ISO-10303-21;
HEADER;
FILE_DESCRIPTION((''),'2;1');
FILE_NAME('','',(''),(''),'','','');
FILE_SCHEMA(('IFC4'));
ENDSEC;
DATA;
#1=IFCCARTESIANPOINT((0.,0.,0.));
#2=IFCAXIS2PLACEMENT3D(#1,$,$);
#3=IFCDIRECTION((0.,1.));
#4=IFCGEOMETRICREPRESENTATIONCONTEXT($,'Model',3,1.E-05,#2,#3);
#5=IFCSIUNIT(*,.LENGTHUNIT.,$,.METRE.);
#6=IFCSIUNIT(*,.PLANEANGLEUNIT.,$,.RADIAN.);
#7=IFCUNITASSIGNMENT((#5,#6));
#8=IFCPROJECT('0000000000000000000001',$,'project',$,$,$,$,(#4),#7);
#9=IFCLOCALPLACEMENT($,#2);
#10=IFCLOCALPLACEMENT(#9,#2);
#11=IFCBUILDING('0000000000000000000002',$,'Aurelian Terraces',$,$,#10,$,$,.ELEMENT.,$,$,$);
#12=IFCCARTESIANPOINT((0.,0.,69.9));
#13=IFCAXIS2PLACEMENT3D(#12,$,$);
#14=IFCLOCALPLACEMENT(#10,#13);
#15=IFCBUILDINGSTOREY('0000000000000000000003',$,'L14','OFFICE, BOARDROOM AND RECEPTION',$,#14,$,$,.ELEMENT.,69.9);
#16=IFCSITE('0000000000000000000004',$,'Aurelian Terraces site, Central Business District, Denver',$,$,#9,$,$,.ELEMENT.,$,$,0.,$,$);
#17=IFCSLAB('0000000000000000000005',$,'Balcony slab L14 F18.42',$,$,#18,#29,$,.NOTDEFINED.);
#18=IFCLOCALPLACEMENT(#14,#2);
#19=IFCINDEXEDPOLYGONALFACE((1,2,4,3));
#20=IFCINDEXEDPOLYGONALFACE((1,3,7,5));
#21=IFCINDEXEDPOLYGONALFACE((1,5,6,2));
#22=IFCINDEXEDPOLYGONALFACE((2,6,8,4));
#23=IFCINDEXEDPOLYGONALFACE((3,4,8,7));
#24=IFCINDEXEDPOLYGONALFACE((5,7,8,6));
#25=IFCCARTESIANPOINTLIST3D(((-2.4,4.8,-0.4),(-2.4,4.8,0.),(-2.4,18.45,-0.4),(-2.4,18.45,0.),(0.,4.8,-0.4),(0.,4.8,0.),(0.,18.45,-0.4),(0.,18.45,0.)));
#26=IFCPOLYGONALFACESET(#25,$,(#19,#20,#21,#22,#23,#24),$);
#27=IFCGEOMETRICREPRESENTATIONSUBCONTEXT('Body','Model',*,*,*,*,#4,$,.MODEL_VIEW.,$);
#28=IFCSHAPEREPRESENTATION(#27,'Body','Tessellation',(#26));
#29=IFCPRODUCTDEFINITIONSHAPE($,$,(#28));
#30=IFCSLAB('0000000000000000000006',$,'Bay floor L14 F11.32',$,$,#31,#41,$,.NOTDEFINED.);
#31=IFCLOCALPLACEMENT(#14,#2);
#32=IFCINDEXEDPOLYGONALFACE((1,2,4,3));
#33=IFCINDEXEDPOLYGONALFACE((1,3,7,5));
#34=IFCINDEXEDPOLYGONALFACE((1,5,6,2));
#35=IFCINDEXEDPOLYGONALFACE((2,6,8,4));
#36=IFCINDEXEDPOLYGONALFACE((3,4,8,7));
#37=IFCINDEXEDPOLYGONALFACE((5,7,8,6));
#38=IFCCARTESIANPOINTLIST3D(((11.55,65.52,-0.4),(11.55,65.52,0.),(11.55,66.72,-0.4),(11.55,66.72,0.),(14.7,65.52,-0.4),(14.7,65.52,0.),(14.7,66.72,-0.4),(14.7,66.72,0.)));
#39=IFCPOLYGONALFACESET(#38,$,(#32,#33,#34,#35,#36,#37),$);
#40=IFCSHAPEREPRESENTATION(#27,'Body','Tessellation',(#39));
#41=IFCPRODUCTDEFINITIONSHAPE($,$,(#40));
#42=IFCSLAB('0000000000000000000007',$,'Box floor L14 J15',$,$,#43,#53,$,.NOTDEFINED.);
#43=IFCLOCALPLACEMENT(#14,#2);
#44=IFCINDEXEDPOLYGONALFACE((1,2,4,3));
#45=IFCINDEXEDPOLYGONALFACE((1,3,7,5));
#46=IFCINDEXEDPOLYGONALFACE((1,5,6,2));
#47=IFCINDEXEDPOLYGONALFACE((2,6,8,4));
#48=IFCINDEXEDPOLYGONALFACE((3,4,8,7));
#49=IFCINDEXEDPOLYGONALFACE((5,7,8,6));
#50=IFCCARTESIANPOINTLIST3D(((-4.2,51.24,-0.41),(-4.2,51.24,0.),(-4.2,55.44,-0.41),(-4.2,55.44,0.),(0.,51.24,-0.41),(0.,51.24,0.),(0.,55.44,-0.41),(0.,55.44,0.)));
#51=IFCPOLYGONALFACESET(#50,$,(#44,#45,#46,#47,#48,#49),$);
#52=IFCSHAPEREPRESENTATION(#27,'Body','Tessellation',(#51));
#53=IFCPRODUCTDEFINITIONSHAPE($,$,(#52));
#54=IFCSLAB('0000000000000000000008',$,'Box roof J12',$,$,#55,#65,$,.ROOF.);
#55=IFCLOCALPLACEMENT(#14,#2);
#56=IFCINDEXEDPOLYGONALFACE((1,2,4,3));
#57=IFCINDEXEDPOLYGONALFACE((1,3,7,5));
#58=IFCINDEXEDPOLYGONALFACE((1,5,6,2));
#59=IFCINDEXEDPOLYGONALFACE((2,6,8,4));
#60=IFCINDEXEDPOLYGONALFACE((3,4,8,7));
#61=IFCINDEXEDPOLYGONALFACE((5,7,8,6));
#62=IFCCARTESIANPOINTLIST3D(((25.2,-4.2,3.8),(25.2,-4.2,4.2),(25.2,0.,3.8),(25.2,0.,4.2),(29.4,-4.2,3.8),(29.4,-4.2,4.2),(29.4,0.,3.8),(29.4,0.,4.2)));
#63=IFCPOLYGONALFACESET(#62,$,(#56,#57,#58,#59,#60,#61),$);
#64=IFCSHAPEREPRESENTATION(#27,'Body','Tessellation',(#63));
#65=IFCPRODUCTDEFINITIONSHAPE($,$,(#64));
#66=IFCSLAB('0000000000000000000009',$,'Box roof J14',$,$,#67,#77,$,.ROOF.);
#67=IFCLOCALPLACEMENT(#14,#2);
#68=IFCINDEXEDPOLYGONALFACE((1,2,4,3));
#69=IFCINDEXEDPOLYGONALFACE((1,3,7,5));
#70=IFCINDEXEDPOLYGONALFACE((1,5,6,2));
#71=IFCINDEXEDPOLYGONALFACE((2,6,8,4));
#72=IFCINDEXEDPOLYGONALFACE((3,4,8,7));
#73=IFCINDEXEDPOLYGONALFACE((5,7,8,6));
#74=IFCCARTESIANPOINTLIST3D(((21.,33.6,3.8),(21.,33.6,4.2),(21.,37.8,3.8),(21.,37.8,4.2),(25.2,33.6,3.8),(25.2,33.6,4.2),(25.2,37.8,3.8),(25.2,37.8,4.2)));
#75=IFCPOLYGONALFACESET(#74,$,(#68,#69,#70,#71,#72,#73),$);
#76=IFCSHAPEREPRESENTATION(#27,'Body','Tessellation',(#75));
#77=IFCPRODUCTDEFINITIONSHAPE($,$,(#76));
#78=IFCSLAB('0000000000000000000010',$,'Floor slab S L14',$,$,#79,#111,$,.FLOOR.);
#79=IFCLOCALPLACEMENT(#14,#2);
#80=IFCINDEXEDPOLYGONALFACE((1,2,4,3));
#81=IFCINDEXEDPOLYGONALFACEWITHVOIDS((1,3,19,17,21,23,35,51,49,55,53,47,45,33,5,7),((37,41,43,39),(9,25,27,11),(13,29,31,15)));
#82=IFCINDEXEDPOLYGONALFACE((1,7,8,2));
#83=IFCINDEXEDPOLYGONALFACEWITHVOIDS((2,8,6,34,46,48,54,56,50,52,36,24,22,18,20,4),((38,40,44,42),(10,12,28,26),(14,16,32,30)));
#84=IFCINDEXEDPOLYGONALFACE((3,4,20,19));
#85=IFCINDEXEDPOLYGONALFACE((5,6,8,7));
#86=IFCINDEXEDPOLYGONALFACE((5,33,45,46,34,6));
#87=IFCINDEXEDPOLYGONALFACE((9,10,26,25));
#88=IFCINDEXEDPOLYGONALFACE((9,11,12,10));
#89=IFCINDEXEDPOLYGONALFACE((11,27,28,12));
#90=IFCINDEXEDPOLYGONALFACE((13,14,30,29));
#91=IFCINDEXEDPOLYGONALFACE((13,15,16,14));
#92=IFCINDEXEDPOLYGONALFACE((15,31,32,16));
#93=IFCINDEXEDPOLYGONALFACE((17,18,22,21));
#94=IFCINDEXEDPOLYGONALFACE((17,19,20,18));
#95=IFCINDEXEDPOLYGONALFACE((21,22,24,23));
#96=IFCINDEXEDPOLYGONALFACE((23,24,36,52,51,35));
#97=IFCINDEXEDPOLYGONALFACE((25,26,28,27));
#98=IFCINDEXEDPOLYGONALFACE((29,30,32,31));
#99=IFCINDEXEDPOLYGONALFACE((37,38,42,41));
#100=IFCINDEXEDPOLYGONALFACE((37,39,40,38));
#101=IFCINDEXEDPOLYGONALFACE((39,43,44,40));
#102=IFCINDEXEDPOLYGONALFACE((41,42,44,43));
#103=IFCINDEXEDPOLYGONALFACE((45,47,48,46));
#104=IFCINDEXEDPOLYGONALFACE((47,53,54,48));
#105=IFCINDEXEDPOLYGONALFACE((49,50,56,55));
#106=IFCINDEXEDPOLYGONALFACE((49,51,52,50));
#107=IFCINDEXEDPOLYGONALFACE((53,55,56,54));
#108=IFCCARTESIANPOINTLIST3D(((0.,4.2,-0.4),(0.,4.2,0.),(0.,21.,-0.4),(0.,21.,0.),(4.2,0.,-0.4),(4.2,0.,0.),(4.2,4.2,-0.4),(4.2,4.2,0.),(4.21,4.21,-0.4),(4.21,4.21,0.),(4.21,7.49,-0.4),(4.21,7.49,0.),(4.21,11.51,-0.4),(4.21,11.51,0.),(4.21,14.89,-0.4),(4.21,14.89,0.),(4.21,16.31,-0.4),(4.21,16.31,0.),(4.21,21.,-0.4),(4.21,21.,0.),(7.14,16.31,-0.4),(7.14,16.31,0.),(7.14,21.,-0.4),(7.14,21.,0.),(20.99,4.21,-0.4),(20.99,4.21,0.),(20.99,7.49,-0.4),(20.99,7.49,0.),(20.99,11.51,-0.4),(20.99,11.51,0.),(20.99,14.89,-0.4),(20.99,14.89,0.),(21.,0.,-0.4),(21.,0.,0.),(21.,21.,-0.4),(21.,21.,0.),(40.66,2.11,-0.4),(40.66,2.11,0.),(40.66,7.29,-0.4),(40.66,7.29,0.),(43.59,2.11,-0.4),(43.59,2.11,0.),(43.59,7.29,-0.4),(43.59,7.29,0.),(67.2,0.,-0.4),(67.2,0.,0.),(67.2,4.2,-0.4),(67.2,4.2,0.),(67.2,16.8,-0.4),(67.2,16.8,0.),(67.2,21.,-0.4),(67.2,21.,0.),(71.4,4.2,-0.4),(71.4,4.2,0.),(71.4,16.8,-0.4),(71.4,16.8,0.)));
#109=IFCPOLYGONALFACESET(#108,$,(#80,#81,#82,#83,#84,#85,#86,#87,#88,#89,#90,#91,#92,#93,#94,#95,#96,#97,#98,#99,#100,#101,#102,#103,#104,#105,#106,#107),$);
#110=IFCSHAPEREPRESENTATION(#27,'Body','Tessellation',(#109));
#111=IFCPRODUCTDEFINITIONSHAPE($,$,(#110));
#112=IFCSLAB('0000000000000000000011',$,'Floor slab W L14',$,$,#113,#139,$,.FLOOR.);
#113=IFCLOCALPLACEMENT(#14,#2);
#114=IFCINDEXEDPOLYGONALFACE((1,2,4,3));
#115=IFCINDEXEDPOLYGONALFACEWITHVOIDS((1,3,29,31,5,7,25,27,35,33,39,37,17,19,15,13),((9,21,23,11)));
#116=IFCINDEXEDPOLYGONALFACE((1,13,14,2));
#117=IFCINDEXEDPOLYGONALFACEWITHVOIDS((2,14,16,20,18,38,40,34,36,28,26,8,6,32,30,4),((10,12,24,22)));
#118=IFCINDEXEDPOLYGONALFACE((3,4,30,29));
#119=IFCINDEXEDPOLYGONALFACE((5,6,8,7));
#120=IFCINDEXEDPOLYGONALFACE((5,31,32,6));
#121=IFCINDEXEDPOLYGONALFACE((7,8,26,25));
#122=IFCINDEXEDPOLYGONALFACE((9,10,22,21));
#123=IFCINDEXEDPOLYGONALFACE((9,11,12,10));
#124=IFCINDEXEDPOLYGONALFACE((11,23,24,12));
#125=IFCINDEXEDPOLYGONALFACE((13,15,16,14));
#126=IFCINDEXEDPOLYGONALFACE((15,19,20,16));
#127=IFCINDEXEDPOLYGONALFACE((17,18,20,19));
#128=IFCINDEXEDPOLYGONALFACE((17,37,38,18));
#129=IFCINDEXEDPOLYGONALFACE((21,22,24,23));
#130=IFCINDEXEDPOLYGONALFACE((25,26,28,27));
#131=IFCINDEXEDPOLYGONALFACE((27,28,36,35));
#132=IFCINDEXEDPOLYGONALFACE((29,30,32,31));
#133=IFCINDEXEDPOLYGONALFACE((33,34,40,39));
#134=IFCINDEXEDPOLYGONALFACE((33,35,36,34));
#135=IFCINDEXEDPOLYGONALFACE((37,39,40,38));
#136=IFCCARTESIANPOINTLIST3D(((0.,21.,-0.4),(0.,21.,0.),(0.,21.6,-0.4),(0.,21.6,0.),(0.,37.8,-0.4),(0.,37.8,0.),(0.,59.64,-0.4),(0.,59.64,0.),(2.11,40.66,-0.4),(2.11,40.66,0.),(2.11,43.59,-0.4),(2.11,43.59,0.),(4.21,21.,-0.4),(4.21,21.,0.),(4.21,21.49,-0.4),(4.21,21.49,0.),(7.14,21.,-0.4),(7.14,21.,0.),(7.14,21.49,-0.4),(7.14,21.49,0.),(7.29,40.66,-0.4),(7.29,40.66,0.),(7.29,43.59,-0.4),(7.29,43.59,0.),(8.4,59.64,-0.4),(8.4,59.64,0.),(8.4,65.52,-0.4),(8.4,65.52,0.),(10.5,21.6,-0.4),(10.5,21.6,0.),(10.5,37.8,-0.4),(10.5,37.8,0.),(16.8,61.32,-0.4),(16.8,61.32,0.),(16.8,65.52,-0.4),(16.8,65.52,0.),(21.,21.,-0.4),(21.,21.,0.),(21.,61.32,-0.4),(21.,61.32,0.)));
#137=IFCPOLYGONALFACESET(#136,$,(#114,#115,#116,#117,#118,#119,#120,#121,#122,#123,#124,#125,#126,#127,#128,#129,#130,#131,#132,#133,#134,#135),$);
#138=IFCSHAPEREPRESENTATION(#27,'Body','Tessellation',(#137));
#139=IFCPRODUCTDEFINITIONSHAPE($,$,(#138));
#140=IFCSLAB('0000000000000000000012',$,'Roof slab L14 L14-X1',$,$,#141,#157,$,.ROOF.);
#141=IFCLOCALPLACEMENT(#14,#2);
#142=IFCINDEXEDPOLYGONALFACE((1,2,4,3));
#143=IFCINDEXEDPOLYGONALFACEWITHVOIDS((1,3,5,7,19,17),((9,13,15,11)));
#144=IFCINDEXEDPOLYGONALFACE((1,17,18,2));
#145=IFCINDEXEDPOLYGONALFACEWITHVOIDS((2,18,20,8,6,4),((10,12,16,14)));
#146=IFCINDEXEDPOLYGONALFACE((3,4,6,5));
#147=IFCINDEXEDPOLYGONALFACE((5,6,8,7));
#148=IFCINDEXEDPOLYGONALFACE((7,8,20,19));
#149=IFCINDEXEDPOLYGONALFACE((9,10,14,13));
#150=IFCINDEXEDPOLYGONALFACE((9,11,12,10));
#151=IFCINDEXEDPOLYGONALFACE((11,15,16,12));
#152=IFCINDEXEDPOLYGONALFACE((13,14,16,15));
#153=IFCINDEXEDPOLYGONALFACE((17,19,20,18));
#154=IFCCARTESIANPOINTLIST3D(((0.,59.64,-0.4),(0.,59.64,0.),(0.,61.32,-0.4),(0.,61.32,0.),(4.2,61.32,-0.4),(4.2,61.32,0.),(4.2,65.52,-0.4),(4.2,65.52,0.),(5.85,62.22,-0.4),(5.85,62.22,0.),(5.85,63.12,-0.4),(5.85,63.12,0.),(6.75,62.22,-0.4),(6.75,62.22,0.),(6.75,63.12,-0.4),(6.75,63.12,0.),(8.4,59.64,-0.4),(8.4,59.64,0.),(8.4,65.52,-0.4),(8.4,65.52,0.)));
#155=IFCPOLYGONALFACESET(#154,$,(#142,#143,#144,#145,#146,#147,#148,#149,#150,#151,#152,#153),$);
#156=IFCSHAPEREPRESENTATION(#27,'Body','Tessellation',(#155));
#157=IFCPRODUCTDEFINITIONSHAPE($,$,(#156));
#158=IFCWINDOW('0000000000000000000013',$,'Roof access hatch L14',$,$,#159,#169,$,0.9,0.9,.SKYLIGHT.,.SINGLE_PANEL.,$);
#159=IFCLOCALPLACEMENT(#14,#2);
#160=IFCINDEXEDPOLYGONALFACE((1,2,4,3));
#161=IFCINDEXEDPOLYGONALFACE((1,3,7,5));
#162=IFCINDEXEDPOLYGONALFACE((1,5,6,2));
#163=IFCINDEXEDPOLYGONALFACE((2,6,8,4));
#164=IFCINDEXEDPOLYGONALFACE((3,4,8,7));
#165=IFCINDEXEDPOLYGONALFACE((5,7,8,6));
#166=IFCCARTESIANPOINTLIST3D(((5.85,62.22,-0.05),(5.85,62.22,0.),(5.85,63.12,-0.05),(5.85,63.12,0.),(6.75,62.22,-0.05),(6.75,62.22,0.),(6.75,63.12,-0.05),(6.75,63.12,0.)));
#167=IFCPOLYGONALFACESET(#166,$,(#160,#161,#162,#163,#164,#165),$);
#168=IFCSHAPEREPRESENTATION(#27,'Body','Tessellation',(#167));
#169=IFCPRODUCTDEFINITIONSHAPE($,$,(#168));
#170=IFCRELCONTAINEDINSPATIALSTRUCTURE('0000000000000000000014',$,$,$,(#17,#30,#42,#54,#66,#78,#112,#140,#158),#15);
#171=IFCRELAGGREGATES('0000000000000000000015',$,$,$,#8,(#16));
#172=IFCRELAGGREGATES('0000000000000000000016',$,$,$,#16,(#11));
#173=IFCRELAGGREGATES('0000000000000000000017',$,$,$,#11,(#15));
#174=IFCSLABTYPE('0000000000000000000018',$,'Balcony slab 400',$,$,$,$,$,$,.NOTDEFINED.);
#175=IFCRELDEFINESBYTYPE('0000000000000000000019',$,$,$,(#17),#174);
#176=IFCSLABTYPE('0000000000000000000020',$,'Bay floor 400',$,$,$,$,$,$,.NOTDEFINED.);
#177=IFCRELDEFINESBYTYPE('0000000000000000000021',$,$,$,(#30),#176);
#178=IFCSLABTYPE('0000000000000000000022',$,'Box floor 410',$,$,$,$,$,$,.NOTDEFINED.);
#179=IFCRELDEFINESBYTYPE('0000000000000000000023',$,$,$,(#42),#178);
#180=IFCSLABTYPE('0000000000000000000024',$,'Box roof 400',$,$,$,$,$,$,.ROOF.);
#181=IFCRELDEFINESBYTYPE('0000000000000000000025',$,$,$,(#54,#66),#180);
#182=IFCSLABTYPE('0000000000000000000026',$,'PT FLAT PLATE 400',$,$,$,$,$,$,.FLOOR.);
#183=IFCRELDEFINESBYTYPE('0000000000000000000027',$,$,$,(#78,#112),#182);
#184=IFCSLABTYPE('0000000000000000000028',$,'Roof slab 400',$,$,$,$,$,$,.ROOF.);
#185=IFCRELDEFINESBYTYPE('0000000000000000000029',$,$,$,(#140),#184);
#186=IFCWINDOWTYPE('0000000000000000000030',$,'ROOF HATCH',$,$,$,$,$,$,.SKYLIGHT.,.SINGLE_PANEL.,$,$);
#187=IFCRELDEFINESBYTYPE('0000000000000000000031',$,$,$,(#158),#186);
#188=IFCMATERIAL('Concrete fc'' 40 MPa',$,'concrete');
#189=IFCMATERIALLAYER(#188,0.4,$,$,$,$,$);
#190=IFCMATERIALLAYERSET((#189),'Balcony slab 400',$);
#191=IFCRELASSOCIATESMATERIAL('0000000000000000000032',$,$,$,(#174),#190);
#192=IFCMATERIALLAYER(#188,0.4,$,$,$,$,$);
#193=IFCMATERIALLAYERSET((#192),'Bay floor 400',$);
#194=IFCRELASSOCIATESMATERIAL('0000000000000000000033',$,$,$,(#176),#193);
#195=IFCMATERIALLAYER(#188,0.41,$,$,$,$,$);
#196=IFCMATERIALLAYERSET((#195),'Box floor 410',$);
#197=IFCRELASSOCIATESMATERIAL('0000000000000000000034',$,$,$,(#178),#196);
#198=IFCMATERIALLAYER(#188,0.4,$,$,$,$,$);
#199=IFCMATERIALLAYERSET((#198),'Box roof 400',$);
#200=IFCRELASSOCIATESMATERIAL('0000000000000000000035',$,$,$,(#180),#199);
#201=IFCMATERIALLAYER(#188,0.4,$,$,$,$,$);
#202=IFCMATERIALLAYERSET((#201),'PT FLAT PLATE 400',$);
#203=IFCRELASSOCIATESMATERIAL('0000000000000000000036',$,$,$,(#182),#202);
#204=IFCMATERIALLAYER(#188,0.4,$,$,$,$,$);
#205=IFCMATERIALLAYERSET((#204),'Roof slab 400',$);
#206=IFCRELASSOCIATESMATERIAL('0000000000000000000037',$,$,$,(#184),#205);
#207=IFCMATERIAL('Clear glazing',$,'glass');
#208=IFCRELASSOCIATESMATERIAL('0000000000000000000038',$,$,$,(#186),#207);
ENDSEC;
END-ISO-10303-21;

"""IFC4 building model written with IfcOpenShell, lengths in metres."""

from ifc_helpers import new_model, si_unit, direction, frame, origin, origin_2d, place, context, subcontext, project, spatial, polyline, rectangle, outline, extrude, source, transform, mapped, material, layer, layer_set, type_object, element, fill, save


model = new_model("IFC4")

# Units and contexts
model_context = context("Model", 3, precision=1e-05, world=origin(), true_north=direction((0.0, 1.0)))
body_context = subcontext(model_context, "Body", "Model", "MODEL_VIEW")
ifc_project = project(units=[si_unit("LENGTHUNIT", "METRE"), si_unit("PLANEANGLEUNIT", "RADIAN")], contexts=[model_context])

# Site, building, storey
site_placement = place(None, origin())
site = spatial("IfcSite", under=ifc_project, at=site_placement, Name="Aurelian Terraces site, Central Business District, Denver", CompositionType="ELEMENT", RefElevation=0.0)
building_placement = place(site_placement, origin())
building = spatial("IfcBuilding", under=site, at=building_placement, Name="Aurelian Terraces", CompositionType="ELEMENT")
storey_placement = place(building_placement, frame((0.0, 0.0, 69.9)))
storey = spatial("IfcBuildingStorey", under=building, at=storey_placement, Name="L14", Description="OFFICE, BOARDROOM AND RECEPTION", CompositionType="ELEMENT", Elevation=69.9)

# Slabs
ifc_material_1 = material(Name="Concrete fc' 40 MPa", Category="concrete")
ifc_layer_1 = layer(ifc_material_1, 0.4)
ifc_layer_set_1 = layer_set([ifc_layer_1], Name="Balcony slab 400")
slab_type_1 = type_object("IfcSlabType", Name="Balcony slab 400", PredefinedType="NOTDEFINED", material=ifc_layer_set_1)
slab_1_placement = place(storey_placement, frame((0.0, 0.0, -0.4)))
element("IfcSlab", 1, at=slab_1_placement, inside=storey, type_object=slab_type_1, Name="Balcony slab L14 F18.42", PredefinedType="NOTDEFINED", context=body_context, shape_type="SweptSolid", body=[
    extrude(outline(polyline([(0.0, 18.45), (0.0, 4.8), (-2.4, 4.8), (-2.4, 18.45), (0.0, 18.45)])), origin(), (0.0, 0.0, 1.0), 0.4),
])
ifc_layer_2 = layer(ifc_material_1, 0.4)
ifc_layer_set_2 = layer_set([ifc_layer_2], Name="Bay floor 400")
slab_type_2 = type_object("IfcSlabType", Name="Bay floor 400", PredefinedType="NOTDEFINED", material=ifc_layer_set_2)
slab_2_placement = place(storey_placement, frame((0.0, 0.0, -0.4)))
element("IfcSlab", 2, at=slab_2_placement, inside=storey, type_object=slab_type_2, Name="Bay floor L14 F11.32", PredefinedType="NOTDEFINED", context=body_context, shape_type="SweptSolid", body=[
    extrude(outline(polyline([(14.7, 65.52), (11.55, 65.52), (11.55, 66.72), (14.7, 66.72), (14.7, 65.52)])), origin(), (0.0, 0.0, 1.0), 0.4),
])
ifc_layer_3 = layer(ifc_material_1, 0.41)
ifc_layer_set_3 = layer_set([ifc_layer_3], Name="Box floor 410")
slab_type_3 = type_object("IfcSlabType", Name="Box floor 410", PredefinedType="NOTDEFINED", material=ifc_layer_set_3)
slab_3_placement = place(storey_placement, frame((0.0, 0.0, -0.41)))
element("IfcSlab", 3, at=slab_3_placement, inside=storey, type_object=slab_type_3, Name="Box floor L14 J15", PredefinedType="NOTDEFINED", context=body_context, shape_type="SweptSolid", body=[
    extrude(outline(polyline([(-4.2, 55.44), (-4.2, 51.24), (0.0, 51.24), (0.0, 55.44), (-4.2, 55.44)])), origin(), (0.0, 0.0, 1.0), 0.41),
])
ifc_layer_4 = layer(ifc_material_1, 0.4)
ifc_layer_set_4 = layer_set([ifc_layer_4], Name="Box roof 400")
slab_type_4 = type_object("IfcSlabType", Name="Box roof 400", PredefinedType="ROOF", material=ifc_layer_set_4)
slab_4_placement = place(storey_placement, frame((0.0, 0.0, 3.8)))
element("IfcSlab", 4, at=slab_4_placement, inside=storey, type_object=slab_type_4, Name="Box roof J12", PredefinedType="ROOF", context=body_context, shape_type="SweptSolid", body=[
    extrude(outline(polyline([(25.2, -4.2), (29.4, -4.2), (29.4, 0.0), (25.2, 0.0), (25.2, -4.2)])), origin(), (0.0, 0.0, 1.0), 0.4),
])
slab_5_placement = place(storey_placement, frame((0.0, 0.0, 3.8)))
element("IfcSlab", 5, at=slab_5_placement, inside=storey, type_object=slab_type_4, Name="Box roof J14", PredefinedType="ROOF", context=body_context, shape_type="SweptSolid", body=[
    extrude(outline(polyline([(25.2, 33.6), (25.2, 37.8), (21.0, 37.8), (21.0, 33.6), (25.2, 33.6)])), origin(), (0.0, 0.0, 1.0), 0.4),
])
ifc_layer_5 = layer(ifc_material_1, 0.4)
ifc_layer_set_5 = layer_set([ifc_layer_5], Name="PT FLAT PLATE 400")
slab_type_5 = type_object("IfcSlabType", Name="PT FLAT PLATE 400", PredefinedType="FLOOR", material=ifc_layer_set_5)
slab_6_placement = place(storey_placement, frame((0.0, 0.0, -0.4)))
element("IfcSlab", 6, at=slab_6_placement, inside=storey, type_object=slab_type_5, Name="Floor slab S L14", PredefinedType="FLOOR", context=body_context, shape_type="SweptSolid", body=[
    extrude(outline(polyline([(71.4, 16.8), (71.4, 4.2), (67.2, 4.2), (67.2, 0.0), (21.0, 0.0), (4.2, 0.0), (4.2, 4.2), (0.0, 4.2), (0.0, 21.0), (4.21, 21.0), (4.21, 16.31), (7.14, 16.31), (7.14, 21.0), (21.0, 21.0), (67.2, 21.0), (67.2, 16.8), (71.4, 16.8)]), holes=[polyline([(40.66, 2.11), (43.59, 2.11), (43.59, 7.29), (40.66, 7.29), (40.66, 2.11)]), polyline([(4.21, 7.49), (4.21, 4.21), (20.99, 4.21), (20.99, 7.49), (4.21, 7.49)]), polyline([(4.21, 14.89), (4.21, 11.51), (20.99, 11.51), (20.99, 14.89), (4.21, 14.89)])]), origin(), (0.0, 0.0, 1.0), 0.4),
])
slab_7_placement = place(storey_placement, frame((0.0, 0.0, -0.4)))
element("IfcSlab", 7, at=slab_7_placement, inside=storey, type_object=slab_type_5, Name="Floor slab W L14", PredefinedType="FLOOR", context=body_context, shape_type="SweptSolid", body=[
    extrude(outline(polyline([(10.5, 21.6), (10.5, 37.8), (0.0, 37.8), (0.0, 59.64), (8.4, 59.64), (8.4, 65.52), (16.8, 65.52), (16.8, 61.32), (21.0, 61.32), (21.0, 21.0), (7.14, 21.0), (7.14, 21.49), (4.21, 21.49), (4.21, 21.0), (0.0, 21.0), (0.0, 21.6), (10.5, 21.6)]), holes=[polyline([(7.29, 43.59), (2.11, 43.59), (2.11, 40.66), (7.29, 40.66), (7.29, 43.59)])]), origin(), (0.0, 0.0, 1.0), 0.4),
])

# Slab, opening, window
ifc_layer_6 = layer(ifc_material_1, 0.4)
ifc_layer_set_6 = layer_set([ifc_layer_6], Name="Roof slab 400")
slab_type_6 = type_object("IfcSlabType", Name="Roof slab 400", PredefinedType="ROOF", material=ifc_layer_set_6)
slab_8_placement = place(storey_placement, frame((0.0, 0.0, -0.4)))
slab_8 = element("IfcSlab", 8, at=slab_8_placement, inside=storey, type_object=slab_type_6, Name="Roof slab L14 L14-X1", PredefinedType="ROOF", context=body_context, shape_type="SweptSolid", body=[
    extrude(outline(polyline([(4.2, 61.32), (4.2, 65.52), (8.4, 65.52), (8.4, 59.64), (0.0, 59.64), (0.0, 61.32), (4.2, 61.32)])), origin(), (0.0, 0.0, 1.0), 0.4),
])
opening_placement = place(slab_8_placement, frame((6.3, 62.67, 0.0)))
opening = element("IfcOpeningElement", 9, at=opening_placement, cuts=slab_8, PredefinedType="OPENING", context=body_context, shape_type="SweptSolid", body=[
    extrude(rectangle(XDim=0.9, YDim=0.9, at=origin_2d()), frame((0.0, 0.0, -0.01)), (0.0, 0.0, 1.0), 0.42),
])
ifc_material_2 = material(Name="Clear glazing", Category="glass")
window_type = type_object("IfcWindowType", Name="ROOF HATCH", PartitioningType="SINGLE_PANEL", PredefinedType="SKYLIGHT", material=ifc_material_2)
shared_shape_1 = source(origin(), body_context, "Body", "SweptSolid", [
    extrude(rectangle(XDim=0.9, YDim=0.9, at=origin_2d()), origin(), (0.0, 0.0, 1.0), 0.05),
])
window_placement = place(opening_placement, frame((0.0, 0.0, 0.35)))
window = element("IfcWindow", 10, at=window_placement, inside=storey, type_object=window_type, Name="Roof access hatch L14", OverallHeight=0.9, OverallWidth=0.9, PartitioningType="SINGLE_PANEL", PredefinedType="SKYLIGHT", context=body_context, shape_type="MappedRepresentation", body=[
    mapped(shared_shape_1, transform((0.0, 0.0, 0.0), scale=1.0)),
])
fill(opening, window)

save(model, "model.ifc")
